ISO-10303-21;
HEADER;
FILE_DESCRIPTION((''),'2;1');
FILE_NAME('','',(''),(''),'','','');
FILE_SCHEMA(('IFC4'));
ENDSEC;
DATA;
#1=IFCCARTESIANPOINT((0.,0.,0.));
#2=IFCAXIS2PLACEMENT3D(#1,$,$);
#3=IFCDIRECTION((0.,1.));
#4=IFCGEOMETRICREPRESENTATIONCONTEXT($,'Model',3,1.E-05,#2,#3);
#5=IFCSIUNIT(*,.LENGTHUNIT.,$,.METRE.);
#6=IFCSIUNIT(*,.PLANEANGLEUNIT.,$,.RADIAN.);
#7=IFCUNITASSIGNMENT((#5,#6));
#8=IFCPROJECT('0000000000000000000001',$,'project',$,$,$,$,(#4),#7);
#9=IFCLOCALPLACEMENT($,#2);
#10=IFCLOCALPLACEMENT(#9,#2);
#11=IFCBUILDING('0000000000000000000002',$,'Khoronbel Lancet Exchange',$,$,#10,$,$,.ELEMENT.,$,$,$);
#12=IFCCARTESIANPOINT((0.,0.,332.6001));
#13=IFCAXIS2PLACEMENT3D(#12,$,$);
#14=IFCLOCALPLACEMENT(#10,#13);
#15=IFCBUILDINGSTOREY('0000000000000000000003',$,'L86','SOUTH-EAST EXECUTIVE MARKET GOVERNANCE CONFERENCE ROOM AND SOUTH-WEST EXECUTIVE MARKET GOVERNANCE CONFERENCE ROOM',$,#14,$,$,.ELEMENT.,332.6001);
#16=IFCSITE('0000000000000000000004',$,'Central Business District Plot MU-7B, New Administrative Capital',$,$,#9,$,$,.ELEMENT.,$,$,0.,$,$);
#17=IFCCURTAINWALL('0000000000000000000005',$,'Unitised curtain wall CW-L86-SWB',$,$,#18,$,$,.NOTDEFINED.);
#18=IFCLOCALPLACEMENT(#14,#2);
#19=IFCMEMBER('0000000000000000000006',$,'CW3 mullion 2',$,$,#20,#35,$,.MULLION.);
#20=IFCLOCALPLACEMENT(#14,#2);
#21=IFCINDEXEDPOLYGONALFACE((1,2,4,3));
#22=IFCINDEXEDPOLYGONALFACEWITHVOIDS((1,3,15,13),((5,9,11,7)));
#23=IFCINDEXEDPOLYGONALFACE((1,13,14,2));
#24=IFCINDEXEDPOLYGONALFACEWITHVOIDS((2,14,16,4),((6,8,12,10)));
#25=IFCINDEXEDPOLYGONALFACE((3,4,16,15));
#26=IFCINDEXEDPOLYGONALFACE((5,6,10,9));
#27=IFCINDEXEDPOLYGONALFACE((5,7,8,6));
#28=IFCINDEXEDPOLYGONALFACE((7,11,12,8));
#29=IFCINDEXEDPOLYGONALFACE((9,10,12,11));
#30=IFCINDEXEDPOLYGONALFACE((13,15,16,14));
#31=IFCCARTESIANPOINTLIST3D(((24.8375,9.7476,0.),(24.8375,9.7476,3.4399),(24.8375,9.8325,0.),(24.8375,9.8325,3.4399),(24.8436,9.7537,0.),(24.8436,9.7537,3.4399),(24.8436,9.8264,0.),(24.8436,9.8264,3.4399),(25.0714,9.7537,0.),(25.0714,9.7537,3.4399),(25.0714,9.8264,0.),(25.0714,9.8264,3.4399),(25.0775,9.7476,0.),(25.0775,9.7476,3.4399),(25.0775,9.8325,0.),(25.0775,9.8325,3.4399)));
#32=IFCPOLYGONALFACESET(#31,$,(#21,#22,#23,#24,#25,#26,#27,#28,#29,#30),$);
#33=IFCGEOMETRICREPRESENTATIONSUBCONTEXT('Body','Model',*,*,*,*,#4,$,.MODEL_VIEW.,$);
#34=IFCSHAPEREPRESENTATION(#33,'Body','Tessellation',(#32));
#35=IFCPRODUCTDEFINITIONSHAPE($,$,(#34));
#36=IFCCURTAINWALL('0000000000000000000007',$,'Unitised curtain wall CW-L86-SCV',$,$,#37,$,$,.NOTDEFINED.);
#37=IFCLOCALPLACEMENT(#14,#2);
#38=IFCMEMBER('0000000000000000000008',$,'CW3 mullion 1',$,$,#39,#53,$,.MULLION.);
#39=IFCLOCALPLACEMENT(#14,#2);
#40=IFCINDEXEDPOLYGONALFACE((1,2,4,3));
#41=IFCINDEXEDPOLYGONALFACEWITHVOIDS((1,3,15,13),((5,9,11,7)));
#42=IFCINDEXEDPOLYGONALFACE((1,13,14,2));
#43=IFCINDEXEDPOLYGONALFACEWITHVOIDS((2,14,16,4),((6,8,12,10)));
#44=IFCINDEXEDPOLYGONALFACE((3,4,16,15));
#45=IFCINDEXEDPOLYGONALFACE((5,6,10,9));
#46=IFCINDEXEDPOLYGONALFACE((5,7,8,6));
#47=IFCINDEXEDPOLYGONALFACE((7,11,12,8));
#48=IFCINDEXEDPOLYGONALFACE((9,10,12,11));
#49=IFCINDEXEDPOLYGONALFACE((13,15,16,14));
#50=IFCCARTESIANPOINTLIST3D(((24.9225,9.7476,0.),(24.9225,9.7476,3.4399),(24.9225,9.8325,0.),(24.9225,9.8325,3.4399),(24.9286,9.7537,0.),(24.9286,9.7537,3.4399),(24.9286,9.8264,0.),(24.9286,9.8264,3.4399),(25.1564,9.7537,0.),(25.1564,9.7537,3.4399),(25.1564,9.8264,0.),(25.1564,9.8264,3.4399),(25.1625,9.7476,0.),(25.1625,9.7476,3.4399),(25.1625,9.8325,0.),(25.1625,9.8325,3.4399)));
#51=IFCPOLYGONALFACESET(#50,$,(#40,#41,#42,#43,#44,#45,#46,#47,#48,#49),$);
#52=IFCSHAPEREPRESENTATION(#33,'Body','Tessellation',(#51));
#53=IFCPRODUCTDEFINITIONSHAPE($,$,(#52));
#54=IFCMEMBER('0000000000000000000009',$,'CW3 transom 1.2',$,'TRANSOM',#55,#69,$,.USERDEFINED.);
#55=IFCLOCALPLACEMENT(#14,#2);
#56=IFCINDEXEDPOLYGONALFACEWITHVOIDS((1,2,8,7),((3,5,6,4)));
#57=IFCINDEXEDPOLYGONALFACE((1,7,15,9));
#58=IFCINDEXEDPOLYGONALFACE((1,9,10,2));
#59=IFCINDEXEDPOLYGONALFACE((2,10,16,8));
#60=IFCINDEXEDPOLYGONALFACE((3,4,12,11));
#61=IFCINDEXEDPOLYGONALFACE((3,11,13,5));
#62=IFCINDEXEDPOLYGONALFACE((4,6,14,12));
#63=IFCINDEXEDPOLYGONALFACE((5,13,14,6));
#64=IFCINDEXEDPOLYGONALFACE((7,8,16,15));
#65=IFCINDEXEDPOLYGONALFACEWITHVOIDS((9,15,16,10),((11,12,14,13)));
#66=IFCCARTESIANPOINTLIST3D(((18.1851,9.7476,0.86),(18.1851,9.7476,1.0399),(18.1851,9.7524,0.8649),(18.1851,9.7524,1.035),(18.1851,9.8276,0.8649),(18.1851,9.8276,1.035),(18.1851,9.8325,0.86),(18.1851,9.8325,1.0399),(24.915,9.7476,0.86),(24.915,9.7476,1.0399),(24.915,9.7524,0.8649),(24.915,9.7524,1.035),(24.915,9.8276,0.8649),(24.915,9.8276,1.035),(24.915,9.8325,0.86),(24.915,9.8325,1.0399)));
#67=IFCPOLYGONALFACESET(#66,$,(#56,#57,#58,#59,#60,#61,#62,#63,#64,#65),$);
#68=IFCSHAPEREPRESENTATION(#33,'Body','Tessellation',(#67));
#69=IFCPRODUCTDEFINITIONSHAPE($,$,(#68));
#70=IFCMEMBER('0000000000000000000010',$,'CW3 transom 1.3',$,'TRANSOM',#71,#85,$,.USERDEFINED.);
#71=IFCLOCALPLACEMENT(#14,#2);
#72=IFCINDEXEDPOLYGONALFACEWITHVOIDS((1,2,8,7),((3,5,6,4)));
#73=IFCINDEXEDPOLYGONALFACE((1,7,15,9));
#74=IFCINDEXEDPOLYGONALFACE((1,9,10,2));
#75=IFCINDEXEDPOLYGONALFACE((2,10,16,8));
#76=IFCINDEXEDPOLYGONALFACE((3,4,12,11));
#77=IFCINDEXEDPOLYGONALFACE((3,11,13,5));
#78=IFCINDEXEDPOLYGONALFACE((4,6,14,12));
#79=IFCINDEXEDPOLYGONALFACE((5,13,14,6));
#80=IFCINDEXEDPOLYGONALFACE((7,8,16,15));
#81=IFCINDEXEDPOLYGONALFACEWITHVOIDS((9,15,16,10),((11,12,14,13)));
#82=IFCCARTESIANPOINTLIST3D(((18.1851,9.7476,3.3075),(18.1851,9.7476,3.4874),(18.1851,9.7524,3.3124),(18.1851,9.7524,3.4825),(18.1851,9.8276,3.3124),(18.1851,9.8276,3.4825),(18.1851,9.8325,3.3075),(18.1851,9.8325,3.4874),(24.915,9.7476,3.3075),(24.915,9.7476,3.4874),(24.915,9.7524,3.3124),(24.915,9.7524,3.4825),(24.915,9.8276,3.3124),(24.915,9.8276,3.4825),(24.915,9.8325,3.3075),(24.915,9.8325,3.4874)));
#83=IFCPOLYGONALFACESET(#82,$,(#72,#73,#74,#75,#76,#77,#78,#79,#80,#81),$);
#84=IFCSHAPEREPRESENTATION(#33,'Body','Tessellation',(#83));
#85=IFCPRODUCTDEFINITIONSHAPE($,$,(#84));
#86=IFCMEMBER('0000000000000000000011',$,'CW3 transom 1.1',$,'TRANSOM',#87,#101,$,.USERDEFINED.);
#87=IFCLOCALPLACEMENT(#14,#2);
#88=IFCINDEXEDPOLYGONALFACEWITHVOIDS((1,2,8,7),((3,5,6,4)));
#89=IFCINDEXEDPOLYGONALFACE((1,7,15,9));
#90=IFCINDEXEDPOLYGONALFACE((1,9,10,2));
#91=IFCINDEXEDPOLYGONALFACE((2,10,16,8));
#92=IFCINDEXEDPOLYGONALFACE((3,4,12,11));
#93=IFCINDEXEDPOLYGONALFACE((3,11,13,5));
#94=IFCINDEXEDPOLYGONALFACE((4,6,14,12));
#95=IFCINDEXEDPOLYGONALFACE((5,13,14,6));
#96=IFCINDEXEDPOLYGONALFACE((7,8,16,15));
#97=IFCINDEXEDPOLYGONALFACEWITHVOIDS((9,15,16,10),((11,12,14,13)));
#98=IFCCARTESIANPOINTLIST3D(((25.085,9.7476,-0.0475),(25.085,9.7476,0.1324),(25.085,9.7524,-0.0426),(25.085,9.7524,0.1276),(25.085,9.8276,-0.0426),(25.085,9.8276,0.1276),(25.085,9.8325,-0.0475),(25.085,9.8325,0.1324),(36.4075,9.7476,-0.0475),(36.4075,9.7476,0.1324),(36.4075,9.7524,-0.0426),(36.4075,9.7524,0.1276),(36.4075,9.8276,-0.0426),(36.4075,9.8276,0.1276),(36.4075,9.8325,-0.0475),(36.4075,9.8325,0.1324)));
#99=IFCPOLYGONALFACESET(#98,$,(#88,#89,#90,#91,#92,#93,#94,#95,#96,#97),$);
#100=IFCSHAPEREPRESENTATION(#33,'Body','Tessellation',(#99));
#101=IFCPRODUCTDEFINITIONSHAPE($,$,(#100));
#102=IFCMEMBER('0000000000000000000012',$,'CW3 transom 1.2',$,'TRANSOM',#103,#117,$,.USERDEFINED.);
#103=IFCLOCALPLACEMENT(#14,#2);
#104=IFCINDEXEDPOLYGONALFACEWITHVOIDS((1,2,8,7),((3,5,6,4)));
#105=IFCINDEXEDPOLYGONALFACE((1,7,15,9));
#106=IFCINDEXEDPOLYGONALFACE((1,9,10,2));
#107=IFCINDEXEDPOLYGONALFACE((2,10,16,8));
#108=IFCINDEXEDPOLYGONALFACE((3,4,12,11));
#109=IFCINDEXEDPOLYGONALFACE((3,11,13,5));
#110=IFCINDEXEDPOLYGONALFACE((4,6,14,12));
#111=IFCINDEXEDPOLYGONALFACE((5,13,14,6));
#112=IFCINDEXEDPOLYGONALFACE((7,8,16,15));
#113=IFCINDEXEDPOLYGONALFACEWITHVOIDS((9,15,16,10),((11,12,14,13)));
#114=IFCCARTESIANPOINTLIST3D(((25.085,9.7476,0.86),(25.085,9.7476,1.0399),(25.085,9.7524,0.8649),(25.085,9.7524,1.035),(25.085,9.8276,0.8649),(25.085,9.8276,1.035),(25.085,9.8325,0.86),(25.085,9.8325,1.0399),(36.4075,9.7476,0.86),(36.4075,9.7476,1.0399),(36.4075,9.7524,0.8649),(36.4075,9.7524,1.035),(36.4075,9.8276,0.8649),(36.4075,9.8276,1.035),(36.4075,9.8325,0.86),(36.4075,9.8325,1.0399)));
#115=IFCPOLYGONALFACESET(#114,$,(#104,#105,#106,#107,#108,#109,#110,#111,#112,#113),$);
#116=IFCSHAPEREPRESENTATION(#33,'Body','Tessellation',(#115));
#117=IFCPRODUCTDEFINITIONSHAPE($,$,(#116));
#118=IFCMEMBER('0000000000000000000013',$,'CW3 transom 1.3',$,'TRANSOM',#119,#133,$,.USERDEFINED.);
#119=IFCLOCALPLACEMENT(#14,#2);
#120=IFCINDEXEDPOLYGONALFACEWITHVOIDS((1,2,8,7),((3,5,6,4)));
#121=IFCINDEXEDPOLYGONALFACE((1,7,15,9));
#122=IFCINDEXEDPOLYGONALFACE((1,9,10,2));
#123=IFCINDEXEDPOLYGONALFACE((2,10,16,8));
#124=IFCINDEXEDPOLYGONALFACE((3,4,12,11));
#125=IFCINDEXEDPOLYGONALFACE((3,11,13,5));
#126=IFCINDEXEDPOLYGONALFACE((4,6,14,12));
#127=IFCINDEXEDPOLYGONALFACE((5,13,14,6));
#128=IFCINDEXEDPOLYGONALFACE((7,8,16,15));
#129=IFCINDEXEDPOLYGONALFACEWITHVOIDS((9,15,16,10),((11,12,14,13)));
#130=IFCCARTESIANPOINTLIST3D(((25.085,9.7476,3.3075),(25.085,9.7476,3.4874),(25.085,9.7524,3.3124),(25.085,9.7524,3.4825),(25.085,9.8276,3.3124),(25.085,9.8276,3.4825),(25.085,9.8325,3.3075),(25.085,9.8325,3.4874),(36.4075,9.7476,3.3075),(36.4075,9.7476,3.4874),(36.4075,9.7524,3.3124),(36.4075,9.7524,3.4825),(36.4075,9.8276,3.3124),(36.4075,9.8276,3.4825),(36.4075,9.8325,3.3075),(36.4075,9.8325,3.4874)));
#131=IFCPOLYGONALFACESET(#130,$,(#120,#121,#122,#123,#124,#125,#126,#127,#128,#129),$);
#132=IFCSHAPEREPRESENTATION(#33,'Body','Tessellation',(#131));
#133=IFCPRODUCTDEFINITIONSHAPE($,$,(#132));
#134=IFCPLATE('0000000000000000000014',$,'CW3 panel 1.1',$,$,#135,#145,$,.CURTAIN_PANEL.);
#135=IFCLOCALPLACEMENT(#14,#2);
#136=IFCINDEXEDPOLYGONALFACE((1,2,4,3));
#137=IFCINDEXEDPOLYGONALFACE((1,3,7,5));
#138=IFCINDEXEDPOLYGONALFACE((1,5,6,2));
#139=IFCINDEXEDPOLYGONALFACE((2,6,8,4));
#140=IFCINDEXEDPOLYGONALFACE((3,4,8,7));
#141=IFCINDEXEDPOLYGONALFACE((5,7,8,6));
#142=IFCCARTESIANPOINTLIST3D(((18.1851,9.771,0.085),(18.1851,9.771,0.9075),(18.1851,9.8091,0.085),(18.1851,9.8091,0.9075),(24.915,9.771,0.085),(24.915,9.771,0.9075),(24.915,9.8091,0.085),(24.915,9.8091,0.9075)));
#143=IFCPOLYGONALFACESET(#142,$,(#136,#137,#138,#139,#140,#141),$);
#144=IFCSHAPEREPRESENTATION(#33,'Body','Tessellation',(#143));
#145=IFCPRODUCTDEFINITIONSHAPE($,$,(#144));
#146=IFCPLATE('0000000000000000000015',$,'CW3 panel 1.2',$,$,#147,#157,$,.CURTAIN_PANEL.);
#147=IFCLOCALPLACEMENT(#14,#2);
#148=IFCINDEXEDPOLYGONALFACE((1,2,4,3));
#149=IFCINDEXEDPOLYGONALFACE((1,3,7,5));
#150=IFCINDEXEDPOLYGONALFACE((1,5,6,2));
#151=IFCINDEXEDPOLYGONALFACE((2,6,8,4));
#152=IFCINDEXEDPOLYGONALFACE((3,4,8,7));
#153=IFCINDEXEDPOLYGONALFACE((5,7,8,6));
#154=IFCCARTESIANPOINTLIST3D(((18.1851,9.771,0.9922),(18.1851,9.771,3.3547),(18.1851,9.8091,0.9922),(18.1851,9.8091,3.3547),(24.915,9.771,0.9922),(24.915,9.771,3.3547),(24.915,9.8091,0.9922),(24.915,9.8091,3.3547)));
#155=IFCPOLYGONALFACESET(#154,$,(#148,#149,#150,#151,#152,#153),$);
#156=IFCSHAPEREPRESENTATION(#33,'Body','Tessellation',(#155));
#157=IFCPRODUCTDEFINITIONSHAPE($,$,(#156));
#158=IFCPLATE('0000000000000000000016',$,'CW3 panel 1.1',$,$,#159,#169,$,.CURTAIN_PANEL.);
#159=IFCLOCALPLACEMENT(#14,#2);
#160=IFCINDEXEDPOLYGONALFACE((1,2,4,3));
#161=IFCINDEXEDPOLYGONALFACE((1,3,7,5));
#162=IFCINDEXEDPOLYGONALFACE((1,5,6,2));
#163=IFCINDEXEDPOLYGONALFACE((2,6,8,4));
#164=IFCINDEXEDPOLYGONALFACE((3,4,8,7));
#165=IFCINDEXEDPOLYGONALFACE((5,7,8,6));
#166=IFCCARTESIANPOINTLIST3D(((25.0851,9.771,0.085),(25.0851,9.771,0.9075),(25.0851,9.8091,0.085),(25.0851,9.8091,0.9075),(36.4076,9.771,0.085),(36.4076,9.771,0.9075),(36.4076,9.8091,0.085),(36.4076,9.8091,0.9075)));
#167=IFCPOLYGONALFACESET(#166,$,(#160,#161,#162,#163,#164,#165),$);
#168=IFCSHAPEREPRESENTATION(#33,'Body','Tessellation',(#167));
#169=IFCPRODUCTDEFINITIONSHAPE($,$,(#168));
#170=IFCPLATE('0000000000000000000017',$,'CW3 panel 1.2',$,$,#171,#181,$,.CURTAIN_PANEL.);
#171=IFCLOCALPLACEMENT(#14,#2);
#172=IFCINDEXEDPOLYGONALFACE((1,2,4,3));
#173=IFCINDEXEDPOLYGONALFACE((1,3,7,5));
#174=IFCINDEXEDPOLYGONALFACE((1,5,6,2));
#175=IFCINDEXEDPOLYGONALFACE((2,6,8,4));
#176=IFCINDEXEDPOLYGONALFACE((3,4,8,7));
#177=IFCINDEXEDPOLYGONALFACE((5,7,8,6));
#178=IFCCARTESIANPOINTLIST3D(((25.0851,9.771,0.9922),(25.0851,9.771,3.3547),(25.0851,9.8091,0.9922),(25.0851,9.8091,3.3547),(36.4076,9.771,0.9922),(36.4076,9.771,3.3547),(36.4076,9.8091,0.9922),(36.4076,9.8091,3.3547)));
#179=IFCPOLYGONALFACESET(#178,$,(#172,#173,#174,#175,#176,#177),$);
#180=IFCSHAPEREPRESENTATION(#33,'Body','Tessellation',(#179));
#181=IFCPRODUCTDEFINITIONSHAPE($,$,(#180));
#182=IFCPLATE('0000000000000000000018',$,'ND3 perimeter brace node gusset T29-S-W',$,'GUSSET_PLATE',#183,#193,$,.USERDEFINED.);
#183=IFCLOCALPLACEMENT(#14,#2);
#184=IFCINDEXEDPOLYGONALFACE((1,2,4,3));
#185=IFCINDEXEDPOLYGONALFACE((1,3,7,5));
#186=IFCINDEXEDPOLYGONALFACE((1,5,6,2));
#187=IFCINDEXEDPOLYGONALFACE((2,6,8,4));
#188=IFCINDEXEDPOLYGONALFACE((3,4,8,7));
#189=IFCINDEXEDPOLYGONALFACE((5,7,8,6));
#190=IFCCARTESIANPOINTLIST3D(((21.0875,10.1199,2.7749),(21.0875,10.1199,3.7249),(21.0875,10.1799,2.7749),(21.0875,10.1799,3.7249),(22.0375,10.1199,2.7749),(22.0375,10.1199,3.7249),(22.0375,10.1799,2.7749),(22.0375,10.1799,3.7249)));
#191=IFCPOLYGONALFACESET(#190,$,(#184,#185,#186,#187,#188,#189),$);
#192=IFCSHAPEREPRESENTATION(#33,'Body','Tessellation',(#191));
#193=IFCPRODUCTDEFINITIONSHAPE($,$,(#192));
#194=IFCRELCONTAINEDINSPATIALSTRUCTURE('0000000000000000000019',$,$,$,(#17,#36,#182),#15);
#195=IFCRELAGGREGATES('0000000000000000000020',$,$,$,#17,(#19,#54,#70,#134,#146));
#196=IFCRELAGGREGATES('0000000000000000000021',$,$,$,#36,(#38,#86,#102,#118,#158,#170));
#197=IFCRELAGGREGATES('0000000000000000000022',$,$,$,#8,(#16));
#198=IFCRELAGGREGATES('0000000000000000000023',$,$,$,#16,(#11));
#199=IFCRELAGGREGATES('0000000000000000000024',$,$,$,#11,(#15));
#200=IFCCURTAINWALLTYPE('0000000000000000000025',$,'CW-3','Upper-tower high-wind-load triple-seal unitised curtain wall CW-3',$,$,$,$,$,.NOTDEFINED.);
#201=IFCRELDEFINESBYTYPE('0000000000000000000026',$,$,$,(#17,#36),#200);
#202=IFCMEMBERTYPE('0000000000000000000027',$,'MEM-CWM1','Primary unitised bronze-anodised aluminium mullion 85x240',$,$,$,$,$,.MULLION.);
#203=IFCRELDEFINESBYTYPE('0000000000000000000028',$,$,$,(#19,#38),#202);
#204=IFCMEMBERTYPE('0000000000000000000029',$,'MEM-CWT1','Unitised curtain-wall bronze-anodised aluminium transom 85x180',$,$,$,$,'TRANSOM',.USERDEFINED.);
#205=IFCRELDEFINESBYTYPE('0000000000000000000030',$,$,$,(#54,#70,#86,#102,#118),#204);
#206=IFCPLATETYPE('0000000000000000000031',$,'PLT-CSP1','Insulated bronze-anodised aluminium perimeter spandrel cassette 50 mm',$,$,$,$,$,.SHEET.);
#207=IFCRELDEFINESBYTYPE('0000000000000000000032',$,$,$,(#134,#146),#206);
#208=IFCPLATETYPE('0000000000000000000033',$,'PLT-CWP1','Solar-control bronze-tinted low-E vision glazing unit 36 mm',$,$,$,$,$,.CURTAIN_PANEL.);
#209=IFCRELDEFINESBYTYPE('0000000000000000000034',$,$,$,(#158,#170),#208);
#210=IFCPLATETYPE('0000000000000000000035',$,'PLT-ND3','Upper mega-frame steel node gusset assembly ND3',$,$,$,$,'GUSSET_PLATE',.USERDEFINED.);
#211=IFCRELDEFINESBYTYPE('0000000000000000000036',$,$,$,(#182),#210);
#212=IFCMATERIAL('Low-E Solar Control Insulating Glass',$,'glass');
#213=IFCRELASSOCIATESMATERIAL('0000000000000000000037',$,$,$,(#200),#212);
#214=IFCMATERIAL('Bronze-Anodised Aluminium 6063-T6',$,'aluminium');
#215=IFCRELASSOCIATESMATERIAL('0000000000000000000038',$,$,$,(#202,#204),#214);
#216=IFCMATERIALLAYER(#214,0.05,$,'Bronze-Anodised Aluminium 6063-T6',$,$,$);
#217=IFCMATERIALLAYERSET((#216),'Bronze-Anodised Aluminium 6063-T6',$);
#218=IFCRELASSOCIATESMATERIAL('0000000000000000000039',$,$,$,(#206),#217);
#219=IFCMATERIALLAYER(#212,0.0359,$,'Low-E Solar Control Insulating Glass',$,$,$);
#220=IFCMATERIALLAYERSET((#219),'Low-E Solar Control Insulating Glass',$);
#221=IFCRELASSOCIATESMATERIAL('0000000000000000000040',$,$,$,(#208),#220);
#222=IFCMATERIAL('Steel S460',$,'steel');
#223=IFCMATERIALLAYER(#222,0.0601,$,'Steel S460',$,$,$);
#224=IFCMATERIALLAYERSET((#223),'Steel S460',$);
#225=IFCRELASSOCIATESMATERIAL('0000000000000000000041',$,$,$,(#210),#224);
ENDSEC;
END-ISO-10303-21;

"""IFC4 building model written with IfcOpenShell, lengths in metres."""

from ifc_helpers import new_model, si_unit, direction, frame, origin, origin_2d, place, context, subcontext, project, spatial, rectangle, hollow_rectangle, extrude, material, layer, layer_set, material_profile, profile_set, type_object, element, aggregate, save


model = new_model("IFC4")

# Units and contexts
model_context = context("Model", 3, precision=1e-05, world=origin(), true_north=direction((0.0, 1.0)))
body_context = subcontext(model_context, "Body", "Model", "MODEL_VIEW")
ifc_project = project(units=[si_unit("LENGTHUNIT", "METRE"), si_unit("PLANEANGLEUNIT", "RADIAN")], contexts=[model_context])

# Site, building, storey
site_placement = place(None, origin())
site = spatial("IfcSite", under=ifc_project, at=site_placement, Name="Central Business District Plot MU-7B, New Administrative Capital", CompositionType="ELEMENT", RefElevation=0.0)
building_placement = place(site_placement, origin())
building = spatial("IfcBuilding", under=site, at=building_placement, Name="Khoronbel Lancet Exchange", CompositionType="ELEMENT")
storey_placement = place(building_placement, frame((0.0, 0.0, 332.6001)))
storey = spatial("IfcBuildingStorey", under=building, at=storey_placement, Name="L86", Description="SOUTH-EAST EXECUTIVE MARKET GOVERNANCE CONFERENCE ROOM AND SOUTH-WEST EXECUTIVE MARKET GOVERNANCE CONFERENCE ROOM", CompositionType="ELEMENT", Elevation=332.6001)

# Shared definitions
ifc_material_1 = material(Name="Steel S460", Category="steel")

# Curtain walls, members
ifc_material_2 = material(Name="Low-E Solar Control Insulating Glass", Category="glass")
curtain_wall_type = type_object("IfcCurtainWallType", Name="CW-3", Description="Upper-tower high-wind-load triple-seal unitised curtain wall CW-3", PredefinedType="NOTDEFINED", material=ifc_material_2)
curtain_wall_1_placement = place(storey_placement, origin())
curtain_wall_1 = element("IfcCurtainWall", 1, at=curtain_wall_1_placement, inside=storey, type_object=curtain_wall_type, Name="Unitised curtain wall CW-L86-SWB", PredefinedType="NOTDEFINED")
ifc_material_3 = material(Name="Bronze-Anodised Aluminium 6063-T6", Category="aluminium")
ifc_material_profile_1 = material_profile(ifc_material_3, hollow_rectangle(XDim=0.085, YDim=0.24, WallThickness=0.0061, at=origin_2d()), Name="ALU MULLION 85x240")
ifc_profile_set_1 = profile_set([ifc_material_profile_1], Name="Bronze-Anodised Aluminium 6063-T6")
member_type_1 = type_object("IfcMemberType", Name="MEM-CWM1", Description="Primary unitised bronze-anodised aluminium mullion 85x240", PredefinedType="MULLION", material=ifc_profile_set_1)
member_1_placement = place(storey_placement, frame((24.9575, 9.79, 0.0), z_axis=(0.0, 0.0, 1.0), x_axis=(0.0, 1.0, 0.0)))
member_1 = element("IfcMember", 2, at=member_1_placement, type_object=member_type_1, Name="CW3 mullion 2", PredefinedType="MULLION", context=body_context, shape_type="SweptSolid", body=[
    extrude(hollow_rectangle(XDim=0.085, YDim=0.24, WallThickness=0.0061, at=origin_2d()), origin(), (0.0, 0.0, 1.0), 3.4399),
])
curtain_wall_2_placement = place(storey_placement, origin())
curtain_wall_2 = element("IfcCurtainWall", 3, at=curtain_wall_2_placement, inside=storey, type_object=curtain_wall_type, Name="Unitised curtain wall CW-L86-SCV", PredefinedType="NOTDEFINED")
member_2_placement = place(storey_placement, frame((25.0425, 9.79, 0.0), z_axis=(0.0, 0.0, 1.0), x_axis=(0.0, 1.0, 0.0)))
member_2 = element("IfcMember", 4, at=member_2_placement, type_object=member_type_1, Name="CW3 mullion 1", PredefinedType="MULLION", context=body_context, shape_type="SweptSolid", body=[
    extrude(hollow_rectangle(XDim=0.085, YDim=0.24, WallThickness=0.0061, at=origin_2d()), origin(), (0.0, 0.0, 1.0), 3.4399),
])

# Members
ifc_material_profile_2 = material_profile(ifc_material_3, hollow_rectangle(XDim=0.085, YDim=0.1799, WallThickness=0.0049, at=origin_2d()), Name="ALU TRANSOM 85x180")
ifc_profile_set_2 = profile_set([ifc_material_profile_2], Name="Bronze-Anodised Aluminium 6063-T6")
member_type_2 = type_object("IfcMemberType", Name="MEM-CWT1", Description="Unitised curtain-wall bronze-anodised aluminium transom 85x180", ElementType="TRANSOM", PredefinedType="USERDEFINED", material=ifc_profile_set_2)
member_3_placement = place(storey_placement, frame((18.1851, 9.79, 0.95), z_axis=(1.0, 0.0, 0.0), x_axis=(0.0, 1.0, 0.0)))
member_3 = element("IfcMember", 5, at=member_3_placement, type_object=member_type_2, Name="CW3 transom 1.2", ObjectType="TRANSOM", PredefinedType="USERDEFINED", context=body_context, shape_type="SweptSolid", body=[
    extrude(hollow_rectangle(XDim=0.085, YDim=0.1799, WallThickness=0.0049, at=origin_2d()), origin(), (0.0, 0.0, 1.0), 6.73),
])
member_4_placement = place(storey_placement, frame((18.1851, 9.79, 3.3975), z_axis=(1.0, 0.0, 0.0), x_axis=(0.0, 1.0, 0.0)))
member_4 = element("IfcMember", 6, at=member_4_placement, type_object=member_type_2, Name="CW3 transom 1.3", ObjectType="TRANSOM", PredefinedType="USERDEFINED", context=body_context, shape_type="SweptSolid", body=[
    extrude(hollow_rectangle(XDim=0.085, YDim=0.1799, WallThickness=0.0049, at=origin_2d()), origin(), (0.0, 0.0, 1.0), 6.73),
])
member_5_placement = place(storey_placement, frame((25.085, 9.79, 0.0425), z_axis=(1.0, 0.0, 0.0), x_axis=(0.0, 1.0, 0.0)))
member_5 = element("IfcMember", 7, at=member_5_placement, type_object=member_type_2, Name="CW3 transom 1.1", ObjectType="TRANSOM", PredefinedType="USERDEFINED", context=body_context, shape_type="SweptSolid", body=[
    extrude(hollow_rectangle(XDim=0.085, YDim=0.1799, WallThickness=0.0049, at=origin_2d()), origin(), (0.0, 0.0, 1.0), 11.3225),
])
member_6_placement = place(storey_placement, frame((25.085, 9.79, 0.95), z_axis=(1.0, 0.0, 0.0), x_axis=(0.0, 1.0, 0.0)))
member_6 = element("IfcMember", 8, at=member_6_placement, type_object=member_type_2, Name="CW3 transom 1.2", ObjectType="TRANSOM", PredefinedType="USERDEFINED", context=body_context, shape_type="SweptSolid", body=[
    extrude(hollow_rectangle(XDim=0.085, YDim=0.1799, WallThickness=0.0049, at=origin_2d()), origin(), (0.0, 0.0, 1.0), 11.3225),
])
member_7_placement = place(storey_placement, frame((25.085, 9.79, 3.3975), z_axis=(1.0, 0.0, 0.0), x_axis=(0.0, 1.0, 0.0)))
member_7 = element("IfcMember", 9, at=member_7_placement, type_object=member_type_2, Name="CW3 transom 1.3", ObjectType="TRANSOM", PredefinedType="USERDEFINED", context=body_context, shape_type="SweptSolid", body=[
    extrude(hollow_rectangle(XDim=0.085, YDim=0.1799, WallThickness=0.0049, at=origin_2d()), origin(), (0.0, 0.0, 1.0), 11.3225),
])

# Plates
ifc_layer_1 = layer(ifc_material_3, 0.05, Name="Bronze-Anodised Aluminium 6063-T6")
ifc_layer_set_1 = layer_set([ifc_layer_1], Name="Bronze-Anodised Aluminium 6063-T6")
plate_type_1 = type_object("IfcPlateType", Name="PLT-CSP1", Description="Insulated bronze-anodised aluminium perimeter spandrel cassette 50 mm", PredefinedType="SHEET", material=ifc_layer_set_1)
plate_1_placement = place(storey_placement, frame((21.55, 9.79, 0.085), z_axis=(0.0, 0.0, 1.0), x_axis=(1.0, 0.0, 0.0)))
plate_1 = element("IfcPlate", 10, at=plate_1_placement, type_object=plate_type_1, Name="CW3 panel 1.1", PredefinedType="CURTAIN_PANEL", context=body_context, shape_type="SweptSolid", body=[
    extrude(rectangle(XDim=6.73, YDim=0.0381, at=origin_2d()), origin(), (0.0, 0.0, 1.0), 0.8225),
])
plate_2_placement = place(storey_placement, frame((21.55, 9.79, 0.9922), z_axis=(0.0, 0.0, 1.0), x_axis=(1.0, 0.0, 0.0)))
plate_2 = element("IfcPlate", 11, at=plate_2_placement, type_object=plate_type_1, Name="CW3 panel 1.2", PredefinedType="CURTAIN_PANEL", context=body_context, shape_type="SweptSolid", body=[
    extrude(rectangle(XDim=6.73, YDim=0.0381, at=origin_2d()), origin(), (0.0, 0.0, 1.0), 2.3625),
])
aggregate(curtain_wall_1, [member_1, member_3, member_4, plate_1, plate_2])
ifc_layer_2 = layer(ifc_material_2, 0.0359, Name="Low-E Solar Control Insulating Glass")
ifc_layer_set_2 = layer_set([ifc_layer_2], Name="Low-E Solar Control Insulating Glass")
plate_type_2 = type_object("IfcPlateType", Name="PLT-CWP1", Description="Solar-control bronze-tinted low-E vision glazing unit 36 mm", PredefinedType="CURTAIN_PANEL", material=ifc_layer_set_2)
plate_3_placement = place(storey_placement, frame((30.7463, 9.79, 0.085), z_axis=(0.0, 0.0, 1.0), x_axis=(1.0, 0.0, 0.0)))
plate_3 = element("IfcPlate", 12, at=plate_3_placement, type_object=plate_type_2, Name="CW3 panel 1.1", PredefinedType="CURTAIN_PANEL", context=body_context, shape_type="SweptSolid", body=[
    extrude(rectangle(XDim=11.3225, YDim=0.0381, at=origin_2d()), origin(), (0.0, 0.0, 1.0), 0.8225),
])
plate_4_placement = place(storey_placement, frame((30.7463, 9.79, 0.9922), z_axis=(0.0, 0.0, 1.0), x_axis=(1.0, 0.0, 0.0)))
plate_4 = element("IfcPlate", 13, at=plate_4_placement, type_object=plate_type_2, Name="CW3 panel 1.2", PredefinedType="CURTAIN_PANEL", context=body_context, shape_type="SweptSolid", body=[
    extrude(rectangle(XDim=11.3225, YDim=0.0381, at=origin_2d()), origin(), (0.0, 0.0, 1.0), 2.3625),
])
aggregate(curtain_wall_2, [member_2, member_5, member_6, member_7, plate_3, plate_4])
ifc_layer_3 = layer(ifc_material_1, 0.0601, Name="Steel S460")
ifc_layer_set_3 = layer_set([ifc_layer_3], Name="Steel S460")
plate_type_3 = type_object("IfcPlateType", Name="PLT-ND3", Description="Upper mega-frame steel node gusset assembly ND3", ElementType="GUSSET_PLATE", PredefinedType="USERDEFINED", material=ifc_layer_set_3)
plate_5_placement = place(storey_placement, frame((21.5625, 10.1499, 2.7749), z_axis=(0.0, 0.0, 1.0), x_axis=(1.0, 0.0, 0.0)))
element("IfcPlate", 14, at=plate_5_placement, inside=storey, type_object=plate_type_3, Name="ND3 perimeter brace node gusset T29-S-W", ObjectType="GUSSET_PLATE", PredefinedType="USERDEFINED", context=body_context, shape_type="SweptSolid", body=[
    extrude(rectangle(XDim=0.95, YDim=0.0601, at=origin_2d()), origin(), (0.0, 0.0, 1.0), 0.95),
])

save(model, "model.ifc")
